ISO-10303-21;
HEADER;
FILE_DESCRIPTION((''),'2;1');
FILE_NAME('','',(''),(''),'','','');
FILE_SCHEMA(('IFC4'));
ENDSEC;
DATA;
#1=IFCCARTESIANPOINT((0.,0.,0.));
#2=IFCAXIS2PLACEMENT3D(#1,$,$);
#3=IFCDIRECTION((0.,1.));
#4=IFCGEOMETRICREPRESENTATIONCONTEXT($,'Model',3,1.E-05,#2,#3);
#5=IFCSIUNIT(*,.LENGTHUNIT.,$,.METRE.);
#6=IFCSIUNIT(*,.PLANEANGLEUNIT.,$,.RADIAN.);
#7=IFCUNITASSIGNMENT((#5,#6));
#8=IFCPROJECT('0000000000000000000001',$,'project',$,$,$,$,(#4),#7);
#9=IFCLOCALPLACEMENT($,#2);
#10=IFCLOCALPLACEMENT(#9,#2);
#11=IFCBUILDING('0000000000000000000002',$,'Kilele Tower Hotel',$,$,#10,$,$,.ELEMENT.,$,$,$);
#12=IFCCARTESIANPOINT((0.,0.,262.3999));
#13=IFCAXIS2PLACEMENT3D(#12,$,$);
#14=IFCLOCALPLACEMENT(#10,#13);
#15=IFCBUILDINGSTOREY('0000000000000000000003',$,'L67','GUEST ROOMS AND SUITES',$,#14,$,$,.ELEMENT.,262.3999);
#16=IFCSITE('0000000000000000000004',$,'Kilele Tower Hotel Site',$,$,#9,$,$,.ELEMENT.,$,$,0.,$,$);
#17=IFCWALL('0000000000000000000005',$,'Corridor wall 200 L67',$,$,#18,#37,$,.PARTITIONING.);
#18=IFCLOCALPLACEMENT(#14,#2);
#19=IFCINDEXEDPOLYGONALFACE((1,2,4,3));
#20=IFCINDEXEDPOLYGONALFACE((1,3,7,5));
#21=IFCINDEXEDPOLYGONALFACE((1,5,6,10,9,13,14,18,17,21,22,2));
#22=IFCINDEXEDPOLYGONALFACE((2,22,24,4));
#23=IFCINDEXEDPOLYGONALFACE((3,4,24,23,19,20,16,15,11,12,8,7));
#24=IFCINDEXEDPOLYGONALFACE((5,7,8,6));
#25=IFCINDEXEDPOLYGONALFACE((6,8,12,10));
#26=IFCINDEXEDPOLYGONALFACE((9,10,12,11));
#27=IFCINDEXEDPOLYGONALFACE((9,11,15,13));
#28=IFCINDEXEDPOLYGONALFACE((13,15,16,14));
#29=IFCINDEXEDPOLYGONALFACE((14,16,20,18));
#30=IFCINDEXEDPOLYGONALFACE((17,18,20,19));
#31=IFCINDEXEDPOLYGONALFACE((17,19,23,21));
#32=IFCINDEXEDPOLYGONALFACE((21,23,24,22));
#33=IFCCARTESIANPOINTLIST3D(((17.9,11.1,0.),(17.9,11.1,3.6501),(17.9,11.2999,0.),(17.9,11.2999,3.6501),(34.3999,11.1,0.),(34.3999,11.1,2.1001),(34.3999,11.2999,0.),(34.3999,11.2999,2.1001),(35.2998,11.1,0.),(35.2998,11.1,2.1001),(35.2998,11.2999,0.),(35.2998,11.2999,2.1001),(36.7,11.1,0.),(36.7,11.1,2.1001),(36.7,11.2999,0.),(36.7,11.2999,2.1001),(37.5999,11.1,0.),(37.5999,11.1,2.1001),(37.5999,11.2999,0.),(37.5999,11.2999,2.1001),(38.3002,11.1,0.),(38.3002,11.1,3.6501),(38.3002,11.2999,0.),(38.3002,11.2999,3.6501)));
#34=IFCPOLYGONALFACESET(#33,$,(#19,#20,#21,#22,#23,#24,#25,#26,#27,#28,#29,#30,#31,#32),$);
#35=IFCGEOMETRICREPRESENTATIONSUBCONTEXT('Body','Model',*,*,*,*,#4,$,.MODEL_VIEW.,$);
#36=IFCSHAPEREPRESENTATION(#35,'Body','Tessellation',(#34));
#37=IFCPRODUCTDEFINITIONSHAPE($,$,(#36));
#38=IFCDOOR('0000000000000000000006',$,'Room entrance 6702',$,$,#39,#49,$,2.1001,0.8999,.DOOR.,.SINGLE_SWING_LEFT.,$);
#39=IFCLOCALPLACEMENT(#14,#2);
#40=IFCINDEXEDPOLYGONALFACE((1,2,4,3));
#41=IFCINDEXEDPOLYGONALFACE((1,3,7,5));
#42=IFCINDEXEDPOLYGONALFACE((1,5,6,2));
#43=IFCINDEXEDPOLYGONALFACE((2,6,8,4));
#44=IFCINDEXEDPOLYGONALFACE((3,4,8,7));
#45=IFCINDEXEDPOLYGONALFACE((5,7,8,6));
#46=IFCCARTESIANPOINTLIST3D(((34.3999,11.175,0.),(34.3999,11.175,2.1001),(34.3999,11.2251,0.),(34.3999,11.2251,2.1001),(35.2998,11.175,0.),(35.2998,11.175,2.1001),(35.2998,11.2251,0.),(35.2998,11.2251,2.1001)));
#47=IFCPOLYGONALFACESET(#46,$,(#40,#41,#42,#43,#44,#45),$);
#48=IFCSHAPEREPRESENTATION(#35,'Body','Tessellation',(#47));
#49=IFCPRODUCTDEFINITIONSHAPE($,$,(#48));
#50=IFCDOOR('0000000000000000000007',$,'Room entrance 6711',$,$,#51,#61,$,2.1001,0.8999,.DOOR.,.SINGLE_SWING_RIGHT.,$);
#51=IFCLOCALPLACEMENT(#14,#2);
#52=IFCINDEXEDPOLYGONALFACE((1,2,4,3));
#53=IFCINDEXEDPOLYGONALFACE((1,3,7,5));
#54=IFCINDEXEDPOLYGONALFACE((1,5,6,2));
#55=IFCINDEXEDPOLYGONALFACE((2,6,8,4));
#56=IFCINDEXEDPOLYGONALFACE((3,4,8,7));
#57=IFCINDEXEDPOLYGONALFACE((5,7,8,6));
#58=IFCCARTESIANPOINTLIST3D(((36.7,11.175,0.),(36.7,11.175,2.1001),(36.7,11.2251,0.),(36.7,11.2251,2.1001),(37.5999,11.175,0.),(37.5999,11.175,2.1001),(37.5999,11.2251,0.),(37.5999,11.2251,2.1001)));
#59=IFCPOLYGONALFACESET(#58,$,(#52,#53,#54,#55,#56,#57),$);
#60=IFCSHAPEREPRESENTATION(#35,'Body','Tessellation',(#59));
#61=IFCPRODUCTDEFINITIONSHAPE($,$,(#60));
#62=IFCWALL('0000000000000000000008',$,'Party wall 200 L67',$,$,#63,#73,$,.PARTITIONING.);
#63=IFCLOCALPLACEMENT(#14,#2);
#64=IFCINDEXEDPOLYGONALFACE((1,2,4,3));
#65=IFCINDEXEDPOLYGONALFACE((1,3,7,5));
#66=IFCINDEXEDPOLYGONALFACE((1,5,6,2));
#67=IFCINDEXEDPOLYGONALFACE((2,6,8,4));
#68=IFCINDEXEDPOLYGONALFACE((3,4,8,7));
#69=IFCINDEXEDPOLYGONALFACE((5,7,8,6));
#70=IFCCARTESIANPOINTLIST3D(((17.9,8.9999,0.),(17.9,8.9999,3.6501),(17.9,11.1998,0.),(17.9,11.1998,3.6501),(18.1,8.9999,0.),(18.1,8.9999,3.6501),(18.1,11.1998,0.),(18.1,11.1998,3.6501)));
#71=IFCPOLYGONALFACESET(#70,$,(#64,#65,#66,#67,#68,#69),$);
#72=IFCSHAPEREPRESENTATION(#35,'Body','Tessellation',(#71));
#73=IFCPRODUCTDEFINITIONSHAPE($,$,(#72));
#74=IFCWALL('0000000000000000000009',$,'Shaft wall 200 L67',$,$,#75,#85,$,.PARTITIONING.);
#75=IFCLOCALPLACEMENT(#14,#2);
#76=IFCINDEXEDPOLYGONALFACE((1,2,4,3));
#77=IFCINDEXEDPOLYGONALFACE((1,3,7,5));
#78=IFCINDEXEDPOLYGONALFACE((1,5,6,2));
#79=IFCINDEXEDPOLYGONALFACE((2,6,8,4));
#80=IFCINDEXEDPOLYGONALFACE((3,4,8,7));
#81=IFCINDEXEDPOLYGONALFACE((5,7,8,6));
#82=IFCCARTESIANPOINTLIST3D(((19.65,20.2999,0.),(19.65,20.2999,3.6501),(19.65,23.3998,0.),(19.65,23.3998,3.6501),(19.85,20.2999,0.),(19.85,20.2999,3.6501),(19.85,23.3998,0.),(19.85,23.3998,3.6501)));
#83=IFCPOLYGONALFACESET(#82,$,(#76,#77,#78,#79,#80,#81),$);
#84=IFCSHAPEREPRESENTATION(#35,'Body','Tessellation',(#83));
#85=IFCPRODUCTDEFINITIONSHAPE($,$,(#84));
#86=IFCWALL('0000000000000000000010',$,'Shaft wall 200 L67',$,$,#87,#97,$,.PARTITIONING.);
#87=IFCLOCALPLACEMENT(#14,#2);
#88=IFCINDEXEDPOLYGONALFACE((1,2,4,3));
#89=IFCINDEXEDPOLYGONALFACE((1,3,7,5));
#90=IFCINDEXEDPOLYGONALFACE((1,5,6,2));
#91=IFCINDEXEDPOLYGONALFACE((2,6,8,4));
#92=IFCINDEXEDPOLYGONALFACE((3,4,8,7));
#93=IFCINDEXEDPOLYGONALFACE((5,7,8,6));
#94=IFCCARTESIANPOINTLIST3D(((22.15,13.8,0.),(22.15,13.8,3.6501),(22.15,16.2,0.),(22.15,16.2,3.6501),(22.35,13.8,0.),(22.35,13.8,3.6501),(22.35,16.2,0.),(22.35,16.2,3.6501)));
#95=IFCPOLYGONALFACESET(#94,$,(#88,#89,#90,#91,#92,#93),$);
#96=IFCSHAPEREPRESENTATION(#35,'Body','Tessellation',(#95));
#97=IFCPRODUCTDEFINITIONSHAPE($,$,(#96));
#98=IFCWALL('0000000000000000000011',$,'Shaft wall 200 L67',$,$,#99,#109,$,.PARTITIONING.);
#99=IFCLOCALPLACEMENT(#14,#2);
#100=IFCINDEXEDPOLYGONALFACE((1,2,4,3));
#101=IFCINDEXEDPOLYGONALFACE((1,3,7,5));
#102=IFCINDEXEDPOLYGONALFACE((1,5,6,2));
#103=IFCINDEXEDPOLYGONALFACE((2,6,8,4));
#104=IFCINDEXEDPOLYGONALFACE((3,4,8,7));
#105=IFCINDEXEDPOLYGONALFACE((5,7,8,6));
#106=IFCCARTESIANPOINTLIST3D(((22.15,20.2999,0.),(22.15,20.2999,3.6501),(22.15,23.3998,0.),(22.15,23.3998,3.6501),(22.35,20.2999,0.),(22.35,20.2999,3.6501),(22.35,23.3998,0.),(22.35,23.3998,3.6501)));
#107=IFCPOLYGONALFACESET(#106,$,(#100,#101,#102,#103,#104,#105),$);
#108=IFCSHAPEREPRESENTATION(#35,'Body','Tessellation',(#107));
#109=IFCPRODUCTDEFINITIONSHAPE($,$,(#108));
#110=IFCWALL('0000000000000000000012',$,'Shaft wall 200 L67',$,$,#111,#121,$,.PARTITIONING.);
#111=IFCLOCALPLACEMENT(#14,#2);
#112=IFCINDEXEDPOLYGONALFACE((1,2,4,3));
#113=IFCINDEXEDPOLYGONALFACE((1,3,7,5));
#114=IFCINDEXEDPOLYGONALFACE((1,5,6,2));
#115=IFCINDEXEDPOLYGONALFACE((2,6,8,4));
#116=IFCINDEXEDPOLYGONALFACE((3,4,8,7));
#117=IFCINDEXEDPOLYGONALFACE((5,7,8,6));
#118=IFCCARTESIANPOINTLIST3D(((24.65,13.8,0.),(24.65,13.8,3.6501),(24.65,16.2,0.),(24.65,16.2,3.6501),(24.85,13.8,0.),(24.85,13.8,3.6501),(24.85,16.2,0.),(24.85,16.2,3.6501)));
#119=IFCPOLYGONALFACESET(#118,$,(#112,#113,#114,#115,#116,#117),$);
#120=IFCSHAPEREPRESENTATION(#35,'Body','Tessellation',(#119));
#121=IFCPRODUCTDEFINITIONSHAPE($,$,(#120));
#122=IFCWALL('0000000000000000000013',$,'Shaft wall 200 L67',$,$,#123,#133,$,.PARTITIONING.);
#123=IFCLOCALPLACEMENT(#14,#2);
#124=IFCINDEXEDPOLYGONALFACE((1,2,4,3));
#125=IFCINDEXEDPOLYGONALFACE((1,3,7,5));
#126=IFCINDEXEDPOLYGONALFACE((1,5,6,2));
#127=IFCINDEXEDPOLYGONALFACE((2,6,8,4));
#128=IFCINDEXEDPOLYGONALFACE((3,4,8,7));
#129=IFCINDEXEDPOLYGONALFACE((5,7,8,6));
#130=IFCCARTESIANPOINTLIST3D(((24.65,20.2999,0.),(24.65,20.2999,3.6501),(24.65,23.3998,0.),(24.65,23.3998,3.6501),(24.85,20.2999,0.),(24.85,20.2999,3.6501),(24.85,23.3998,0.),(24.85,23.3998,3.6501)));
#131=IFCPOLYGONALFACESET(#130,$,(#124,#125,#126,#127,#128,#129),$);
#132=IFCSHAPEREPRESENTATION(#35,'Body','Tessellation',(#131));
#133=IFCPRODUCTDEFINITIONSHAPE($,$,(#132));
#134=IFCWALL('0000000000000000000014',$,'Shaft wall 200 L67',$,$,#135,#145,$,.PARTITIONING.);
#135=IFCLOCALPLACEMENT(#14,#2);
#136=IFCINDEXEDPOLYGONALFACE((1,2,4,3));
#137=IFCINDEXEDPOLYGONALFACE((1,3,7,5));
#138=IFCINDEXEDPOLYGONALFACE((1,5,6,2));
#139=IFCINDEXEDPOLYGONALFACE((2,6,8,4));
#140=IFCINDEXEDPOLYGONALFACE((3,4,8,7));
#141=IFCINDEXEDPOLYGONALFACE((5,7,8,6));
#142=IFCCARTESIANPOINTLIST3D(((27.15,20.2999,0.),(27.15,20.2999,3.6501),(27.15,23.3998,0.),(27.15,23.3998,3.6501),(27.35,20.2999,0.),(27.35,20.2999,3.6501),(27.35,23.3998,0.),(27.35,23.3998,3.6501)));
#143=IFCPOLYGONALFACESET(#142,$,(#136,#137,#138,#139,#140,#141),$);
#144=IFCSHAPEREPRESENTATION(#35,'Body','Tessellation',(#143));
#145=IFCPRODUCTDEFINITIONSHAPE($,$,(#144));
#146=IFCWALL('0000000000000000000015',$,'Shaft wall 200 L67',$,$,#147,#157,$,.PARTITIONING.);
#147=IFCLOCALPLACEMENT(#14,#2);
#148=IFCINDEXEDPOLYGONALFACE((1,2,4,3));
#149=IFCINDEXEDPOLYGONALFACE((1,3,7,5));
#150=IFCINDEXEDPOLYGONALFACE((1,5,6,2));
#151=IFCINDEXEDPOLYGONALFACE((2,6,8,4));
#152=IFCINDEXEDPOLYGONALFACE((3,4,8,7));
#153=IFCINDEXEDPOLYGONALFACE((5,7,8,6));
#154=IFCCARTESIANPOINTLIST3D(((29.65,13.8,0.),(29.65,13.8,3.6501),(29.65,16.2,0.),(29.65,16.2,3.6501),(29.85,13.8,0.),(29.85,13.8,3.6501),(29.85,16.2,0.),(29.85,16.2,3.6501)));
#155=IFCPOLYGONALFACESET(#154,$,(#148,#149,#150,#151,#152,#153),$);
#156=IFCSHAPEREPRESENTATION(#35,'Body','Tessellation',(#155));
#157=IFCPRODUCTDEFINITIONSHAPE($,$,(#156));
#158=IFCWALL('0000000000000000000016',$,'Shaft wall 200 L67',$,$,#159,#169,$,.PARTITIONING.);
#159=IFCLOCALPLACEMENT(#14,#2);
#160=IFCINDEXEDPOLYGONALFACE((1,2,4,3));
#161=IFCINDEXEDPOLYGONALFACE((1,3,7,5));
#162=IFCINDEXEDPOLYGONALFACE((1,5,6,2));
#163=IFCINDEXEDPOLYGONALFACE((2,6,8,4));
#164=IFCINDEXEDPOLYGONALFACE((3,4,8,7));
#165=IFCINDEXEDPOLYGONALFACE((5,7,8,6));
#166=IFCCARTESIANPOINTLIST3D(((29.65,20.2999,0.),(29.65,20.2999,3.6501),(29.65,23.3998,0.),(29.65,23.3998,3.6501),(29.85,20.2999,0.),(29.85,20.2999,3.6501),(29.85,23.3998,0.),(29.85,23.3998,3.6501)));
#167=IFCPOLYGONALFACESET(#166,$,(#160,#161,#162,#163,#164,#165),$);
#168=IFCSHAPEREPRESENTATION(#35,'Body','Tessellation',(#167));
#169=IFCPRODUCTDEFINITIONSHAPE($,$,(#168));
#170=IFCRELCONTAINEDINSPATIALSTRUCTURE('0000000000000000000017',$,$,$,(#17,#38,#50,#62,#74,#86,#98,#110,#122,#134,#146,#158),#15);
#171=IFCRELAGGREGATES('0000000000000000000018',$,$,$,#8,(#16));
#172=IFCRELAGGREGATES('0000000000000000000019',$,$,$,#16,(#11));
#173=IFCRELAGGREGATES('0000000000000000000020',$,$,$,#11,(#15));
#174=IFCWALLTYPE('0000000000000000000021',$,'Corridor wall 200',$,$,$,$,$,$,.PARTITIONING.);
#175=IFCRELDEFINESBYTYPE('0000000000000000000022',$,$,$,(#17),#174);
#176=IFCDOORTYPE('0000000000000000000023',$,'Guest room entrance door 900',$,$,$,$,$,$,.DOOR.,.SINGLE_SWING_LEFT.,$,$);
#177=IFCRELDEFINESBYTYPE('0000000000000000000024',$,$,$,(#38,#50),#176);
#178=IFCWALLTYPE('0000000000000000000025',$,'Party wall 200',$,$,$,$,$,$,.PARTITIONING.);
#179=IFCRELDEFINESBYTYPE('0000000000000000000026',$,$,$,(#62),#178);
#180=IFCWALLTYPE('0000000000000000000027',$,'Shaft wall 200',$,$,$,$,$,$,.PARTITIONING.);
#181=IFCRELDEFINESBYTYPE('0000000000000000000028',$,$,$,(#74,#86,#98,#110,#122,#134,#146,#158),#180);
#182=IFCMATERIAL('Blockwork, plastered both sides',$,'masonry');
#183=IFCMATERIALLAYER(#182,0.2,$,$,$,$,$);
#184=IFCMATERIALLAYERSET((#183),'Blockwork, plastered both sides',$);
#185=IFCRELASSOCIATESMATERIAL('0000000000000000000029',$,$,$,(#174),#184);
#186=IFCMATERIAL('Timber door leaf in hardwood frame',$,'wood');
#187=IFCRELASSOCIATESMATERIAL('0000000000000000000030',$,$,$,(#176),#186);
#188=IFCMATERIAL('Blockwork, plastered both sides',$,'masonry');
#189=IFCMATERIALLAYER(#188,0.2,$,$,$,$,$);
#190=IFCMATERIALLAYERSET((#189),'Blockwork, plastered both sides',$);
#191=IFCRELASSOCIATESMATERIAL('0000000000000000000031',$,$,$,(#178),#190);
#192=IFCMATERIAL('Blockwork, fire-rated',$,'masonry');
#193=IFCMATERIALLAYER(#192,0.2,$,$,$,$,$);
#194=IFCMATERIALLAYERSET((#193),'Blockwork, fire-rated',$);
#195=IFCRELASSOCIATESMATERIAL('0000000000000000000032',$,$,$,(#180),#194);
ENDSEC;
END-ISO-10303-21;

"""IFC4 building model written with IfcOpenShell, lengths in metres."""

from ifc_helpers import new_model, si_unit, direction, frame, frame_2d, origin, place, context, subcontext, project, spatial, rectangle, extrude, material, layer, layer_set, type_object, element, fill, save


model = new_model("IFC4")

# Units and contexts
model_context = context("Model", 3, precision=1e-05, world=origin(), true_north=direction((0.0, 1.0)))
body_context = subcontext(model_context, "Body", "Model", "MODEL_VIEW")
ifc_project = project(units=[si_unit("LENGTHUNIT", "METRE"), si_unit("PLANEANGLEUNIT", "RADIAN")], contexts=[model_context])

# Site, building, storey
site_placement = place(None, origin())
site = spatial("IfcSite", under=ifc_project, at=site_placement, Name="Kilele Tower Hotel Site", CompositionType="ELEMENT", RefElevation=0.0)
building_placement = place(site_placement, origin())
building = spatial("IfcBuilding", under=site, at=building_placement, Name="Kilele Tower Hotel", CompositionType="ELEMENT")
storey_placement = place(building_placement, frame((0.0, 0.0, 262.3999)))
storey = spatial("IfcBuildingStorey", under=building, at=storey_placement, Name="L67", Description="GUEST ROOMS AND SUITES", CompositionType="ELEMENT", Elevation=262.3999)

# Wall, openings, doors
ifc_material_1 = material(Name="Blockwork, plastered both sides", Category="masonry")
ifc_layer_1 = layer(ifc_material_1, 0.2)
ifc_layer_set_1 = layer_set([ifc_layer_1], Name="Blockwork, plastered both sides")
wall_type_1 = type_object("IfcWallType", Name="Corridor wall 200", PredefinedType="PARTITIONING", material=ifc_layer_set_1)
wall_1_placement = place(storey_placement, frame((17.8999, 11.2, 0.0), z_axis=(0.0, 0.0, 1.0), x_axis=(1.0, 0.0, 0.0)))
wall_1 = element("IfcWall", 1, at=wall_1_placement, inside=storey, type_object=wall_type_1, Name="Corridor wall 200 L67", PredefinedType="PARTITIONING", context=body_context, shape_type="SweptSolid", body=[
    extrude(rectangle(XDim=20.4001, YDim=0.2, at=frame_2d((10.2002, 0.0))), origin(), (0.0, 0.0, 1.0), 3.6501),
])
opening_1_placement = place(wall_1_placement, frame((17.3999, 0.0, 0.0), z_axis=(0.0, 0.0, 1.0), x_axis=(-1.0, 0.0, 0.0)))
opening_1 = element("IfcOpeningElement", 2, at=opening_1_placement, cuts=wall_1, PredefinedType="OPENING", context=body_context, shape_type="SweptSolid", body=[
    extrude(rectangle(XDim=0.8999, YDim=2.1001, at=frame_2d((0.45, 1.05))), frame((0.0, 0.1099, 0.0), z_axis=(0.0, -1.0, 0.0), x_axis=(1.0, 0.0, 0.0)), (0.0, 0.0, 1.0), 0.22),
])
opening_2_placement = place(wall_1_placement, frame((19.7, 0.0, 0.0), z_axis=(0.0, 0.0, 1.0), x_axis=(-1.0, 0.0, 0.0)))
opening_2 = element("IfcOpeningElement", 3, at=opening_2_placement, cuts=wall_1, PredefinedType="OPENING", context=body_context, shape_type="SweptSolid", body=[
    extrude(rectangle(XDim=0.8999, YDim=2.1001, at=frame_2d((0.45, 1.05))), frame((0.0, 0.1099, 0.0), z_axis=(0.0, -1.0, 0.0), x_axis=(1.0, 0.0, 0.0)), (0.0, 0.0, 1.0), 0.22),
])
ifc_material_2 = material(Name="Timber door leaf in hardwood frame", Category="wood")
door_type_1 = type_object("IfcDoorType", Name="Guest room entrance door 900", OperationType="SINGLE_SWING_LEFT", PredefinedType="DOOR", material=ifc_material_2)
door_1_placement = place(opening_1_placement, origin())
door_1 = element("IfcDoor", 4, at=door_1_placement, inside=storey, type_object=door_type_1, Name="Room entrance 6702", OperationType="SINGLE_SWING_LEFT", OverallHeight=2.1001, OverallWidth=0.8999, PredefinedType="DOOR", context=body_context, shape_type="SweptSolid", body=[
    extrude(rectangle(XDim=0.8999, YDim=2.1001, at=frame_2d((0.45, 1.05))), frame((0.0, 0.0249, 0.0), z_axis=(0.0, -1.0, 0.0), x_axis=(1.0, 0.0, 0.0)), (0.0, 0.0, 1.0), 0.05),
])
fill(opening_1, door_1)
door_2_placement = place(opening_2_placement, origin())
door_2 = element("IfcDoor", 5, at=door_2_placement, inside=storey, type_object=door_type_1, Name="Room entrance 6711", OperationType="SINGLE_SWING_RIGHT", OverallHeight=2.1001, OverallWidth=0.8999, PredefinedType="DOOR", context=body_context, shape_type="SweptSolid", body=[
    extrude(rectangle(XDim=0.8999, YDim=2.1001, at=frame_2d((0.45, 1.05))), frame((0.0, 0.0249, 0.0), z_axis=(0.0, -1.0, 0.0), x_axis=(1.0, 0.0, 0.0)), (0.0, 0.0, 1.0), 0.05),
])
fill(opening_2, door_2)

# Walls
ifc_material_3 = material(Name="Blockwork, plastered both sides", Category="masonry")
ifc_layer_2 = layer(ifc_material_3, 0.2)
ifc_layer_set_2 = layer_set([ifc_layer_2], Name="Blockwork, plastered both sides")
wall_type_2 = type_object("IfcWallType", Name="Party wall 200", PredefinedType="PARTITIONING", material=ifc_layer_set_2)
wall_2_placement = place(storey_placement, frame((18.0, 11.2, 0.0), z_axis=(0.0, 0.0, 1.0), x_axis=(0.0, -1.0, 0.0)))
element("IfcWall", 6, at=wall_2_placement, inside=storey, type_object=wall_type_2, Name="Party wall 200 L67", PredefinedType="PARTITIONING", context=body_context, shape_type="SweptSolid", body=[
    extrude(rectangle(XDim=2.2, YDim=0.2, at=frame_2d((1.1001, 0.0))), origin(), (0.0, 0.0, 1.0), 3.6501),
])
ifc_material_4 = material(Name="Blockwork, fire-rated", Category="masonry")
ifc_layer_3 = layer(ifc_material_4, 0.2)
ifc_layer_set_3 = layer_set([ifc_layer_3], Name="Blockwork, fire-rated")
wall_type_3 = type_object("IfcWallType", Name="Shaft wall 200", PredefinedType="PARTITIONING", material=ifc_layer_set_3)
wall_3_placement = place(storey_placement, frame((19.75, 20.3, 0.0), z_axis=(0.0, 0.0, 1.0), x_axis=(0.0, 1.0, 0.0)))
element("IfcWall", 7, at=wall_3_placement, inside=storey, type_object=wall_type_3, Name="Shaft wall 200 L67", PredefinedType="PARTITIONING", context=body_context, shape_type="SweptSolid", body=[
    extrude(rectangle(XDim=3.0999, YDim=0.2, at=frame_2d((1.5498, 0.0))), origin(), (0.0, 0.0, 1.0), 3.6501),
])
wall_4_placement = place(storey_placement, frame((22.25, 13.8, 0.0), z_axis=(0.0, 0.0, 1.0), x_axis=(0.0, 1.0, 0.0)))
element("IfcWall", 8, at=wall_4_placement, inside=storey, type_object=wall_type_3, Name="Shaft wall 200 L67", PredefinedType="PARTITIONING", context=body_context, shape_type="SweptSolid", body=[
    extrude(rectangle(XDim=2.3999, YDim=0.2, at=frame_2d((1.2, 0.0))), origin(), (0.0, 0.0, 1.0), 3.6501),
])
wall_5_placement = place(storey_placement, frame((22.25, 20.3, 0.0), z_axis=(0.0, 0.0, 1.0), x_axis=(0.0, 1.0, 0.0)))
element("IfcWall", 9, at=wall_5_placement, inside=storey, type_object=wall_type_3, Name="Shaft wall 200 L67", PredefinedType="PARTITIONING", context=body_context, shape_type="SweptSolid", body=[
    extrude(rectangle(XDim=3.0999, YDim=0.2, at=frame_2d((1.5498, 0.0))), origin(), (0.0, 0.0, 1.0), 3.6501),
])
wall_6_placement = place(storey_placement, frame((24.75, 13.8, 0.0), z_axis=(0.0, 0.0, 1.0), x_axis=(0.0, 1.0, 0.0)))
element("IfcWall", 10, at=wall_6_placement, inside=storey, type_object=wall_type_3, Name="Shaft wall 200 L67", PredefinedType="PARTITIONING", context=body_context, shape_type="SweptSolid", body=[
    extrude(rectangle(XDim=2.3999, YDim=0.2, at=frame_2d((1.2, 0.0))), origin(), (0.0, 0.0, 1.0), 3.6501),
])
for number, where, z_axis, x_axis, name in (
    (11, (24.75, 20.3, 0.0), (0.0, 0.0, 1.0), (0.0, 1.0, 0.0), "Shaft wall 200 L67"),
    (12, (27.25, 20.3, 0.0), (0.0, 0.0, 1.0), (0.0, 1.0, 0.0), "Shaft wall 200 L67"),
):
    element("IfcWall", number, at=place(storey_placement, frame(where, z_axis=z_axis, x_axis=x_axis)), inside=storey, type_object=wall_type_3, Name=name, PredefinedType="PARTITIONING", context=body_context, shape_type="SweptSolid", body=[
        extrude(rectangle(XDim=3.0999, YDim=0.2, at=frame_2d((1.5498, 0.0))), origin(), (0.0, 0.0, 1.0), 3.6501),
    ])
wall_7_placement = place(storey_placement, frame((29.75, 13.8, 0.0), z_axis=(0.0, 0.0, 1.0), x_axis=(0.0, 1.0, 0.0)))
element("IfcWall", 13, at=wall_7_placement, inside=storey, type_object=wall_type_3, Name="Shaft wall 200 L67", PredefinedType="PARTITIONING", context=body_context, shape_type="SweptSolid", body=[
    extrude(rectangle(XDim=2.3999, YDim=0.2, at=frame_2d((1.2, 0.0))), origin(), (0.0, 0.0, 1.0), 3.6501),
])
wall_8_placement = place(storey_placement, frame((29.75, 20.3, 0.0), z_axis=(0.0, 0.0, 1.0), x_axis=(0.0, 1.0, 0.0)))
element("IfcWall", 14, at=wall_8_placement, inside=storey, type_object=wall_type_3, Name="Shaft wall 200 L67", PredefinedType="PARTITIONING", context=body_context, shape_type="SweptSolid", body=[
    extrude(rectangle(XDim=3.0999, YDim=0.2, at=frame_2d((1.5498, 0.0))), origin(), (0.0, 0.0, 1.0), 3.6501),
])

save(model, "model.ifc")
